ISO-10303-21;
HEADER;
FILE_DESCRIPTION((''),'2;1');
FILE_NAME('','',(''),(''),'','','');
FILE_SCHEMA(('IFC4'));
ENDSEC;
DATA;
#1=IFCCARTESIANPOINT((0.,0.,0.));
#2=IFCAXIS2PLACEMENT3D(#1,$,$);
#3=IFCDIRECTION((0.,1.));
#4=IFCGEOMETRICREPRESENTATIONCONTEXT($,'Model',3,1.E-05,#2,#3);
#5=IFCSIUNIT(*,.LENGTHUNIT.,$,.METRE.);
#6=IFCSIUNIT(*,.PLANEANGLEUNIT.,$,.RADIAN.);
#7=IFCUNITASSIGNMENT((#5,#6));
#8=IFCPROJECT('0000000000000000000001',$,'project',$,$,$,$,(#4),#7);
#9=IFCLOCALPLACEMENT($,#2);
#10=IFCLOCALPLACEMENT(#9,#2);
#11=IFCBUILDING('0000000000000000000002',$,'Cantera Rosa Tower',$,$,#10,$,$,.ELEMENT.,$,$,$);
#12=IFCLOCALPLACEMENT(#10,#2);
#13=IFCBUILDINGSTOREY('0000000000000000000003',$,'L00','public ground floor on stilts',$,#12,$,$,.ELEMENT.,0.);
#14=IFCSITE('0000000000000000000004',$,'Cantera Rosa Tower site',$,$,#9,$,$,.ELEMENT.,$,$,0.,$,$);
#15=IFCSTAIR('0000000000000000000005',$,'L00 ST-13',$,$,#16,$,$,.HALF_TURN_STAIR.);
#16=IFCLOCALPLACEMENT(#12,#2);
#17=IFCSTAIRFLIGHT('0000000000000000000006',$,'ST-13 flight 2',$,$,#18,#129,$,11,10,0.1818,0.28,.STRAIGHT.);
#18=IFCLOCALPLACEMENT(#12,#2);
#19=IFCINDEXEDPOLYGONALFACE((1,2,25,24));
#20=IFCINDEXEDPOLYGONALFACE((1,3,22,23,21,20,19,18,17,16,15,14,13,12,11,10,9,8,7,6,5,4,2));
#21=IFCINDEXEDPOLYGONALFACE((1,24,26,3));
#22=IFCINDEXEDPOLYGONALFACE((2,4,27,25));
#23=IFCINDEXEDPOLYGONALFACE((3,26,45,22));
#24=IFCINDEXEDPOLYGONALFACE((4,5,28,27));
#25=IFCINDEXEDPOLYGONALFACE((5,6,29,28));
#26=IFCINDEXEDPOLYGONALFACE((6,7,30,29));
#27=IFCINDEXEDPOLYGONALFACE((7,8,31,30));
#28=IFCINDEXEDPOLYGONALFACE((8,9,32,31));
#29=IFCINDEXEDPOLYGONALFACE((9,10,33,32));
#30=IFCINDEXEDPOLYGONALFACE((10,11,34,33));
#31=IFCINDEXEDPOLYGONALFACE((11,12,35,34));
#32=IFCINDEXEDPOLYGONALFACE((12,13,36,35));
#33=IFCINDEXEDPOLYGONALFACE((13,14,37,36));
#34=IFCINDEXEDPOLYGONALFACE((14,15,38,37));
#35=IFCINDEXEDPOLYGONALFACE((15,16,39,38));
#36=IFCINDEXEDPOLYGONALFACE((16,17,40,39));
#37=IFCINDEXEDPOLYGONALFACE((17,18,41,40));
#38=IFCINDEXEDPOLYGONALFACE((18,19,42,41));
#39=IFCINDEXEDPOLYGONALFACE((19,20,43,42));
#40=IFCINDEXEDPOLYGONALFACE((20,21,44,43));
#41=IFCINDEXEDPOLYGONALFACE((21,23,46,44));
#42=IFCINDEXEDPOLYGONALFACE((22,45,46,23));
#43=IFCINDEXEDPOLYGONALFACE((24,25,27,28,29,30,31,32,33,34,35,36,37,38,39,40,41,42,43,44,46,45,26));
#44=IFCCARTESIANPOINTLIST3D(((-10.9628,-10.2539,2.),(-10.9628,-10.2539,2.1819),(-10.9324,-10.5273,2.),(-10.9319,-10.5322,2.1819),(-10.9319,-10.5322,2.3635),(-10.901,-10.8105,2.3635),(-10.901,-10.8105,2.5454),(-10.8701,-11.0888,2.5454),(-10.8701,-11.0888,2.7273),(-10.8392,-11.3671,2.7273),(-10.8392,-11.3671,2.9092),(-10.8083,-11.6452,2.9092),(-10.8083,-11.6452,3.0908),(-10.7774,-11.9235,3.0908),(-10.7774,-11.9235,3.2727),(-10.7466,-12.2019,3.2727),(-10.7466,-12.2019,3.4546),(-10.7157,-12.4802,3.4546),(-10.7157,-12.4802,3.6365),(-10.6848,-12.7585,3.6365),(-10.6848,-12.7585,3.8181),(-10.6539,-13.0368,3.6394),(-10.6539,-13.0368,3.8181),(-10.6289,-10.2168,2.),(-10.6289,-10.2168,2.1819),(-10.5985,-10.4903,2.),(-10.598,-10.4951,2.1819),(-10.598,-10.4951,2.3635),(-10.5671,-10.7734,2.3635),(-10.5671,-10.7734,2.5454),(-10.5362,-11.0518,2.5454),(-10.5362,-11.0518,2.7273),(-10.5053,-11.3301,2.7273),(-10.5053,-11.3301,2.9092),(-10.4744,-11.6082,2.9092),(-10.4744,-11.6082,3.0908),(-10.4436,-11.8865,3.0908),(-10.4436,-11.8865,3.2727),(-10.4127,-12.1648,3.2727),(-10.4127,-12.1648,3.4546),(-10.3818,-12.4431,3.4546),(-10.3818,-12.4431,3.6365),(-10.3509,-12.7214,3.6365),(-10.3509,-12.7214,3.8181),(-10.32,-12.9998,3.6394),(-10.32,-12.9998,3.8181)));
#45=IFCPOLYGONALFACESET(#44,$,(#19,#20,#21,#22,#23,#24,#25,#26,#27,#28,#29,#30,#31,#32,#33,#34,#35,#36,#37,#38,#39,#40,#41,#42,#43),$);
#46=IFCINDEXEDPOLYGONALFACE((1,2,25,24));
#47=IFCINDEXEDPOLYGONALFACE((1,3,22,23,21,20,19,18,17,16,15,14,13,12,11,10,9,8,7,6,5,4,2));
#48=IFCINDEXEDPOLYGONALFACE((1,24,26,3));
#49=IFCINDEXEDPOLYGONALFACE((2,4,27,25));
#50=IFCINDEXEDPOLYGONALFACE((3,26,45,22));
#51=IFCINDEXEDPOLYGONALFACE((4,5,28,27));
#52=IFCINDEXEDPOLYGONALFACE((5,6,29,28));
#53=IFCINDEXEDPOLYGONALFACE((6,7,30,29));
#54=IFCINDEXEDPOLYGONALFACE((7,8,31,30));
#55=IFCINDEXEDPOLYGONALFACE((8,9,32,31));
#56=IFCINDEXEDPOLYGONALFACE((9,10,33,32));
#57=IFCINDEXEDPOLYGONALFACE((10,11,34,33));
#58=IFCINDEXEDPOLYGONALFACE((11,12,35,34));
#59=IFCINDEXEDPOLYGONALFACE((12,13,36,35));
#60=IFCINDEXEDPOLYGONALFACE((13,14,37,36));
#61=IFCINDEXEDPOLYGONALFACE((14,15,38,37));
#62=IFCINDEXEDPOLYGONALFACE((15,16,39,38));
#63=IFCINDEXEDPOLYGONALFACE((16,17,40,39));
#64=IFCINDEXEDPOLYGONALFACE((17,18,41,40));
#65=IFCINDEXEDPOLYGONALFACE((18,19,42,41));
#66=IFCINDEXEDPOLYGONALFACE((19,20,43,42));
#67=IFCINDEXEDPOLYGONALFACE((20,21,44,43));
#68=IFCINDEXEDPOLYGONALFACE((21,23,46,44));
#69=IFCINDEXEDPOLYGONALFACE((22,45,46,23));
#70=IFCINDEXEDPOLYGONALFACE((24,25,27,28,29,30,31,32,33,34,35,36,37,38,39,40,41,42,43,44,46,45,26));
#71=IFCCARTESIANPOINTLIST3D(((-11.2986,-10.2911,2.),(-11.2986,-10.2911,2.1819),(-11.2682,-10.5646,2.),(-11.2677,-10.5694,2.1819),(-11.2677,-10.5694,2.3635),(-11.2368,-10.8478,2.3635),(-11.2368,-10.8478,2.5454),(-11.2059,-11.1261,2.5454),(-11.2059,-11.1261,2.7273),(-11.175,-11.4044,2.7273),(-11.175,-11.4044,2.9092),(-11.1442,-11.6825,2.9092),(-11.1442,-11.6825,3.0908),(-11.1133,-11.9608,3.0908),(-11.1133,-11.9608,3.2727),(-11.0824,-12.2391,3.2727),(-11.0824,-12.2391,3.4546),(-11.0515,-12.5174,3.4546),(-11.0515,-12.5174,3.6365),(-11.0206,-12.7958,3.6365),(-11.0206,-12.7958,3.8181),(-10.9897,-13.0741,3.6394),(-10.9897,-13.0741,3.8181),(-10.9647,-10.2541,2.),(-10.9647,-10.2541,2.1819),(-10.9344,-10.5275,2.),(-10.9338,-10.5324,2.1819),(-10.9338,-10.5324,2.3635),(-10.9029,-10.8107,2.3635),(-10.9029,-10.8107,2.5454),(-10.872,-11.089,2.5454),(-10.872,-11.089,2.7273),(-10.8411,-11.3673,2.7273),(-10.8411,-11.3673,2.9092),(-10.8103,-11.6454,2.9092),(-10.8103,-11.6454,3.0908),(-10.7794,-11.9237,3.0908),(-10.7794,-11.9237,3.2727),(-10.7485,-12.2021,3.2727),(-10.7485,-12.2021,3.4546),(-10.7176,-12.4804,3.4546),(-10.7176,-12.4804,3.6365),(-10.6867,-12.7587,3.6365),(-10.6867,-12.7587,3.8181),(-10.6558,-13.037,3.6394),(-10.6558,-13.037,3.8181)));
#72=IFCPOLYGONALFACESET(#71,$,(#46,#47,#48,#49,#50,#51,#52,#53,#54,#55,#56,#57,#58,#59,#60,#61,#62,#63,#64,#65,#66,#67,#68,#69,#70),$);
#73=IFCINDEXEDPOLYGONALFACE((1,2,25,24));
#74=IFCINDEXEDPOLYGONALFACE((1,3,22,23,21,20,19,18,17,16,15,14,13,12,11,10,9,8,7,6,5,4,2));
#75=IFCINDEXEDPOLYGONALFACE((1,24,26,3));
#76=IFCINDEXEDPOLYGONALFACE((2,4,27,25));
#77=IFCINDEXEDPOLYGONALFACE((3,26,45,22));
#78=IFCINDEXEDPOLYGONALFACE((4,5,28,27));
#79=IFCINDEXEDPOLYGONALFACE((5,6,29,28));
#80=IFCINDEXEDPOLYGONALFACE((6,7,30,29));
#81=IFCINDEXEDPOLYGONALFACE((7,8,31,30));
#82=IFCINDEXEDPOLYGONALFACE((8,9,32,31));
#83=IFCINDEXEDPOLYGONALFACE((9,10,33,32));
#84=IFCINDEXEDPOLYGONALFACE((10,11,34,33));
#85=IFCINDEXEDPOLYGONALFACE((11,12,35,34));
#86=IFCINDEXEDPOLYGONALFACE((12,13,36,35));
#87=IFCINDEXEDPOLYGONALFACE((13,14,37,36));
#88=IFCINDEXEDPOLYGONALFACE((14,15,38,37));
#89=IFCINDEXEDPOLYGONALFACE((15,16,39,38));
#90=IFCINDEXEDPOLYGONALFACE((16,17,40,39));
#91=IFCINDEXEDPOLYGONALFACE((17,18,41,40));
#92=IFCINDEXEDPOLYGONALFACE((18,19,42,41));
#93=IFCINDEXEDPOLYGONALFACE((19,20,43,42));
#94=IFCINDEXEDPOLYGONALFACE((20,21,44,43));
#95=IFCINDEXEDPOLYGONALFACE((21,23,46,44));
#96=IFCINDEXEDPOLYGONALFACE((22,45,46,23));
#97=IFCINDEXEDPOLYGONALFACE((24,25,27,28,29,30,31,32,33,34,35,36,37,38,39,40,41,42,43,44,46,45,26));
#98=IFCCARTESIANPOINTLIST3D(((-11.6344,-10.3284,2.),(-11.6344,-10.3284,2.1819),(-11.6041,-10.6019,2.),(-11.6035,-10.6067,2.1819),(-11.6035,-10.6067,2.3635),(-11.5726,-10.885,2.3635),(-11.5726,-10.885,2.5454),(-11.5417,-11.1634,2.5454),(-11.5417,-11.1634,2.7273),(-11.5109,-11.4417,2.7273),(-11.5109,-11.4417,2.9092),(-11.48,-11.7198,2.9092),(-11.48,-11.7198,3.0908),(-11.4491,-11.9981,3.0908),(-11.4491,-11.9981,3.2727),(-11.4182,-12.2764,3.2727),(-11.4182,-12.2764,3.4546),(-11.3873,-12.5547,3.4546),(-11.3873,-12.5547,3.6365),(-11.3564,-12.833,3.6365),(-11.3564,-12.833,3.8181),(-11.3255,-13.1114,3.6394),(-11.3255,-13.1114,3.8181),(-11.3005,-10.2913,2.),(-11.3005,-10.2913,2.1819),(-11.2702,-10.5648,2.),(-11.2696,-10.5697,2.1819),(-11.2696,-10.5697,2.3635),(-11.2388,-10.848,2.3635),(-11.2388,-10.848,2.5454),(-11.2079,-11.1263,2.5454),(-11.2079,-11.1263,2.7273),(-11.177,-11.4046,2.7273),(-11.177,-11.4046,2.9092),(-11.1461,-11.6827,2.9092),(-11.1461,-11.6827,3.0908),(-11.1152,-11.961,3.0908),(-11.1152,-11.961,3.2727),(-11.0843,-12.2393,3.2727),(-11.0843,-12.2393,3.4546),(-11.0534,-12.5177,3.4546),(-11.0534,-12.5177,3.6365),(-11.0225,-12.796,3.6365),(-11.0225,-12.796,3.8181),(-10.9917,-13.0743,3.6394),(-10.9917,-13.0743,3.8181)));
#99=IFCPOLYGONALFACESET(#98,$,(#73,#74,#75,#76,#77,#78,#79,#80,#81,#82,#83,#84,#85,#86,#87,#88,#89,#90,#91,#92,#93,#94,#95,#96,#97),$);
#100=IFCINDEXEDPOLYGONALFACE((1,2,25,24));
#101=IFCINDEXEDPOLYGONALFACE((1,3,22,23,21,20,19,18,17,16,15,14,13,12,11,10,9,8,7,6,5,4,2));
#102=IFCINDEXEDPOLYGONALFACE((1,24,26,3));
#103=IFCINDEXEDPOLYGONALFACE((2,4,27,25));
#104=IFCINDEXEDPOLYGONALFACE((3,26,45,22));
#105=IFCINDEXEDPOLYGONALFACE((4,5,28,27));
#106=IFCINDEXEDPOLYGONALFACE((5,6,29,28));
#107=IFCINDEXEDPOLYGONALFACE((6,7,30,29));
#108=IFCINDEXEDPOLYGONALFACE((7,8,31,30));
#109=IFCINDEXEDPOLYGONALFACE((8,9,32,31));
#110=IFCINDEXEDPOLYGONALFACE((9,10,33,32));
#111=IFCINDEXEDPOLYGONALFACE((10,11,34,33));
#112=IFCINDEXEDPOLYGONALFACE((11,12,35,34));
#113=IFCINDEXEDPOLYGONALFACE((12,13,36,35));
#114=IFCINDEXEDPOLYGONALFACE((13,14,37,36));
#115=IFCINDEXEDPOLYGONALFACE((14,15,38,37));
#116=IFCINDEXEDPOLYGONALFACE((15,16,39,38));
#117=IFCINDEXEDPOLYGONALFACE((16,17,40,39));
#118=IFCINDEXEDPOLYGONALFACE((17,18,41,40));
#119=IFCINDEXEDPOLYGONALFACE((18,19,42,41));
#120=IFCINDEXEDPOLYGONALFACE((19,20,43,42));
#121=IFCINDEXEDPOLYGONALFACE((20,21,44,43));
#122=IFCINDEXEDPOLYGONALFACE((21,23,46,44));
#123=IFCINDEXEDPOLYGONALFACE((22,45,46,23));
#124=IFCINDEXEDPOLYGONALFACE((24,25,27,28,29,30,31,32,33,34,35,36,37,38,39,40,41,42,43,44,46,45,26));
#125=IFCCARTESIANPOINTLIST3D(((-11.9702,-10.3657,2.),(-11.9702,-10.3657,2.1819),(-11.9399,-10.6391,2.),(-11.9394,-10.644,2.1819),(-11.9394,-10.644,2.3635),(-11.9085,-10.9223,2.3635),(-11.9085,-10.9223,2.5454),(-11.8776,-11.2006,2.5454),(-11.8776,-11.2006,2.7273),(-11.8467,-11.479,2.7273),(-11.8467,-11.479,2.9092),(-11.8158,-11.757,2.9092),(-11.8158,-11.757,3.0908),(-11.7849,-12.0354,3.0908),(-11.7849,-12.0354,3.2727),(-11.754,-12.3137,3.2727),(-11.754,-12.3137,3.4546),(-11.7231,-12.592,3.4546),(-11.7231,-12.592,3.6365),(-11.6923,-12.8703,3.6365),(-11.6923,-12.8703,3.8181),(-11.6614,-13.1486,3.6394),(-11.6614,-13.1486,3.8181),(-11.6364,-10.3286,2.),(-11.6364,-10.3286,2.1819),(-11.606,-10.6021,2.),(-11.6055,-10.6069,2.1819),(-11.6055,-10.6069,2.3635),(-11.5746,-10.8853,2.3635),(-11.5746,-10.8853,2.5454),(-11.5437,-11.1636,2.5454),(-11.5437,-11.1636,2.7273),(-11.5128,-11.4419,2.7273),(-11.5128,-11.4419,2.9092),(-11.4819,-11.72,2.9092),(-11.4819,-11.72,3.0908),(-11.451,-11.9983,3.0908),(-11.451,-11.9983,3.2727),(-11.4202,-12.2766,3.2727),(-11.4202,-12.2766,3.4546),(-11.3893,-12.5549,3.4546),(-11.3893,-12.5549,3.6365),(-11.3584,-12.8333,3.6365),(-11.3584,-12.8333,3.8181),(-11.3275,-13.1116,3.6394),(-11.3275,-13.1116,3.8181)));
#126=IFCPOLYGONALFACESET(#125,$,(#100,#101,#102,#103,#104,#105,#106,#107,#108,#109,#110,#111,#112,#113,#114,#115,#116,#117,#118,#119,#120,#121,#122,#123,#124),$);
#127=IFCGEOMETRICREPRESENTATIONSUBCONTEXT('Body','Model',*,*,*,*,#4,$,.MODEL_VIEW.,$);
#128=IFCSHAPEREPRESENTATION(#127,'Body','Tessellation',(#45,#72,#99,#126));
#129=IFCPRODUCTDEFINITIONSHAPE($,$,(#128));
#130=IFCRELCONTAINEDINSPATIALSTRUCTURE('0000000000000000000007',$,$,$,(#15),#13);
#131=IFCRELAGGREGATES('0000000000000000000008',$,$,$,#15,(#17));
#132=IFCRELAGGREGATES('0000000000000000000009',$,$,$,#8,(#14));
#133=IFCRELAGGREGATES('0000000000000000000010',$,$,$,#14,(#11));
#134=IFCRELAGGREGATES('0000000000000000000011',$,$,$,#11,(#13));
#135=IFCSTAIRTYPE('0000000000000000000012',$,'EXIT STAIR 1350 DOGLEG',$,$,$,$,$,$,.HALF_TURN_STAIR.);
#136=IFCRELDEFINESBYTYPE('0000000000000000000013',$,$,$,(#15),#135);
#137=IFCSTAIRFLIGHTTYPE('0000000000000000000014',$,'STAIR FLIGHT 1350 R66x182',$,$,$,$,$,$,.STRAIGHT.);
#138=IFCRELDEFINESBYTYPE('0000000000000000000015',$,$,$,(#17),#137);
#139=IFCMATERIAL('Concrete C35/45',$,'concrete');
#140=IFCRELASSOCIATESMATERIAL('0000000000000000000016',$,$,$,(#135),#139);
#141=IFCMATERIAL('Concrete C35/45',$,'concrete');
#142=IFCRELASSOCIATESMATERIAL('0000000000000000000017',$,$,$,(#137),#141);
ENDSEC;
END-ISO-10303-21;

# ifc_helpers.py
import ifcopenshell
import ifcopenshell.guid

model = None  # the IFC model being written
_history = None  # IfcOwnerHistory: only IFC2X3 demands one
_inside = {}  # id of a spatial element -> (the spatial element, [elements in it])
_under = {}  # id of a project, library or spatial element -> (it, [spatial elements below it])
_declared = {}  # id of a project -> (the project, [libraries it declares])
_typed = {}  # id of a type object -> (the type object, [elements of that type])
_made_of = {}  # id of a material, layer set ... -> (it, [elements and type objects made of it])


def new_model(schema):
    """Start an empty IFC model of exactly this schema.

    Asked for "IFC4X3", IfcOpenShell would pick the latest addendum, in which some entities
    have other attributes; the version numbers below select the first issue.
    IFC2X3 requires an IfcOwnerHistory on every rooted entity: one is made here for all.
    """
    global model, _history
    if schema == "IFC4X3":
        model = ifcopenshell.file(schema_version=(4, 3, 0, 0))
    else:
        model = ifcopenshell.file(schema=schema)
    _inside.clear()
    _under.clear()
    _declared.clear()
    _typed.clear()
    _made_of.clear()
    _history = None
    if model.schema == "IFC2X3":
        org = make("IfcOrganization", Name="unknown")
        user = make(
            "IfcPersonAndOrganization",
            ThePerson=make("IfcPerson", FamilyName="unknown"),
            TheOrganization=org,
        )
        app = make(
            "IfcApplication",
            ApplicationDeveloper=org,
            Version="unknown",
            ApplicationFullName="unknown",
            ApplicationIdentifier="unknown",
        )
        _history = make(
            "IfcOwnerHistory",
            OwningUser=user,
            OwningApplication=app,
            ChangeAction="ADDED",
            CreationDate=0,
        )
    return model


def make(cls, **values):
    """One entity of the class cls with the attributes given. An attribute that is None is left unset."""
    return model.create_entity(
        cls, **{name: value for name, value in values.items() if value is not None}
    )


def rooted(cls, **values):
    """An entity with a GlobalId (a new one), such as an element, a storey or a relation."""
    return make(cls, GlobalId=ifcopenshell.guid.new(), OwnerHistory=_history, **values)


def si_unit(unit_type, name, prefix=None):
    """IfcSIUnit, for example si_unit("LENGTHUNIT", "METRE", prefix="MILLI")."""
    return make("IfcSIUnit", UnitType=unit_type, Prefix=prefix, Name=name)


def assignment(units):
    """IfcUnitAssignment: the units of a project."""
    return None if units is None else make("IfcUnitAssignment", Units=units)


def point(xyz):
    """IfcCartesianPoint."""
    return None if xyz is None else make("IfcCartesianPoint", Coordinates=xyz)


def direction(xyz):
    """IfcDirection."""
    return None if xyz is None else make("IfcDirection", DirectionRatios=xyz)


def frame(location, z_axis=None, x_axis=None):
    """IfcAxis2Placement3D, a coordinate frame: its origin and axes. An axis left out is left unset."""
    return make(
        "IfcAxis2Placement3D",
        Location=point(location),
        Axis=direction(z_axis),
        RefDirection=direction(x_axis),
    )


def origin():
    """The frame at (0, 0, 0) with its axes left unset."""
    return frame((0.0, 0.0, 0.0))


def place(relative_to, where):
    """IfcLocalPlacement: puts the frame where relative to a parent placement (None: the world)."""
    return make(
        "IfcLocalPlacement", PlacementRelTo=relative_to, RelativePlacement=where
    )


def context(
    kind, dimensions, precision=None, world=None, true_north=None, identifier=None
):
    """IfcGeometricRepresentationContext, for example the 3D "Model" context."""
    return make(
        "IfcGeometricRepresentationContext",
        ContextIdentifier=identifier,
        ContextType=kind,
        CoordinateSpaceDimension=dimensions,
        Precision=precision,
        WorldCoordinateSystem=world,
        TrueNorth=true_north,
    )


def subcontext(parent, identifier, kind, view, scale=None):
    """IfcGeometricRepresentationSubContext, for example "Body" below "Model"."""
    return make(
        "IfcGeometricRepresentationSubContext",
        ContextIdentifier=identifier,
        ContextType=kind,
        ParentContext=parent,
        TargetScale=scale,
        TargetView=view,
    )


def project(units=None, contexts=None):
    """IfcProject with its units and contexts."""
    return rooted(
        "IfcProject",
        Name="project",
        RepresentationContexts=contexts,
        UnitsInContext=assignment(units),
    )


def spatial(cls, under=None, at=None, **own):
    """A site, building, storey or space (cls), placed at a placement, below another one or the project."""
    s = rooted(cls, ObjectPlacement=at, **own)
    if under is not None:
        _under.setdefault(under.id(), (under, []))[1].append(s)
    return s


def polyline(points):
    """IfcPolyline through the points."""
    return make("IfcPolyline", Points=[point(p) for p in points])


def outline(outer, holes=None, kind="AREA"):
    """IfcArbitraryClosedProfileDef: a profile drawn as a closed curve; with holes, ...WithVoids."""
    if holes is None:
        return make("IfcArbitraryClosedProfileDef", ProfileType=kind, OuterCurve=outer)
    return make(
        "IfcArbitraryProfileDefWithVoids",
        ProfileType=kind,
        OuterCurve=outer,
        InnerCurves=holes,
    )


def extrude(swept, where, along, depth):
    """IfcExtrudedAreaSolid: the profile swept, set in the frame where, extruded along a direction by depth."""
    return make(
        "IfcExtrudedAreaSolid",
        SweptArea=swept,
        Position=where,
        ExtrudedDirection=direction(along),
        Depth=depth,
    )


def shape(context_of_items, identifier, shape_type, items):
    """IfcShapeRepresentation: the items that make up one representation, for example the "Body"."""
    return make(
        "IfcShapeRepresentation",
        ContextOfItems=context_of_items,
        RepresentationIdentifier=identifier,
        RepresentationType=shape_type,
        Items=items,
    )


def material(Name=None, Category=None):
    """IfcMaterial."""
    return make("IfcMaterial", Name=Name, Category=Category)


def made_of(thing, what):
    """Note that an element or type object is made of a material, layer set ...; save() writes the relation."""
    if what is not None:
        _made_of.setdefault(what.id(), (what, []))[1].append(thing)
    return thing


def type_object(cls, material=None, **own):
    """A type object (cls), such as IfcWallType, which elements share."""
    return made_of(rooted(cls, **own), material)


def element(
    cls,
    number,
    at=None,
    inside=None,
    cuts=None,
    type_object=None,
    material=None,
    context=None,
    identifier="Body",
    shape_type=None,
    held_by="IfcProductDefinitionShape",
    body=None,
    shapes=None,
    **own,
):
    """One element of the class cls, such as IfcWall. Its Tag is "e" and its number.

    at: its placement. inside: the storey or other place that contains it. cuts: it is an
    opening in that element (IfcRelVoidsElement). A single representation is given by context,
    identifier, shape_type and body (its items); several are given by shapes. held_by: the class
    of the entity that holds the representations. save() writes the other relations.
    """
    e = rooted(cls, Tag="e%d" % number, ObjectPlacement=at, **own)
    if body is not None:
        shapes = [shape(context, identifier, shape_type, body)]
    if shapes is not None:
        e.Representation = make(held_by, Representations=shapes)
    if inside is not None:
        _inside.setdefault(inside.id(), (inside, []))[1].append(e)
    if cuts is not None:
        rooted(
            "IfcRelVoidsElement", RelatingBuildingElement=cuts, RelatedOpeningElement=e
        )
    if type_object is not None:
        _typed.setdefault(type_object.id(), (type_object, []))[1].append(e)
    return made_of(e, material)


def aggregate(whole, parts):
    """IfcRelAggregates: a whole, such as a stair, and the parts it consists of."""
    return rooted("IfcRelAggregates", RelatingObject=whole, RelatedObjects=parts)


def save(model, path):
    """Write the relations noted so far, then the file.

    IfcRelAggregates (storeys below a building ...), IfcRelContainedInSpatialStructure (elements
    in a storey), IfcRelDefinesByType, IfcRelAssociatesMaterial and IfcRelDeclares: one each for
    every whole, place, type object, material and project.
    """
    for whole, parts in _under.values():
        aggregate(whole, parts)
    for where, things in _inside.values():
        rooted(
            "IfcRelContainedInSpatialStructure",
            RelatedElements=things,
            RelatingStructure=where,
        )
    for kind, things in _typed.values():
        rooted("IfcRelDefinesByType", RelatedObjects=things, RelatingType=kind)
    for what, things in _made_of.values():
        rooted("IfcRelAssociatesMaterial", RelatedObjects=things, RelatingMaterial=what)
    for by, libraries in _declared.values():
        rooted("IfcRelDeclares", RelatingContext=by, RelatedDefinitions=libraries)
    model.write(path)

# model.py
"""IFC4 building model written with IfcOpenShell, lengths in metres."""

from ifc_helpers import new_model, si_unit, direction, frame, origin, place, context, subcontext, project, spatial, polyline, outline, extrude, material, type_object, element, aggregate, save


model = new_model("IFC4")

# Units and contexts
model_context = context("Model", 3, precision=1e-05, world=origin(), true_north=direction((0.0, 1.0)))
body_context = subcontext(model_context, "Body", "Model", "MODEL_VIEW")
ifc_project = project(units=[si_unit("LENGTHUNIT", "METRE"), si_unit("PLANEANGLEUNIT", "RADIAN")], contexts=[model_context])

# Site, building, storey
site_placement = place(None, origin())
site = spatial("IfcSite", under=ifc_project, at=site_placement, Name="Cantera Rosa Tower site", CompositionType="ELEMENT", RefElevation=0.0)
building_placement = place(site_placement, origin())
building = spatial("IfcBuilding", under=site, at=building_placement, Name="Cantera Rosa Tower", CompositionType="ELEMENT")
storey_placement = place(building_placement, origin())
storey = spatial("IfcBuildingStorey", under=building, at=storey_placement, Name="L00", Description="public ground floor on stilts", CompositionType="ELEMENT", Elevation=0.0)

# Stair, stair flight
ifc_material_1 = material(Name="Concrete C35/45", Category="concrete")
stair_type = type_object("IfcStairType", Name="EXIT STAIR 1350 DOGLEG", PredefinedType="HALF_TURN_STAIR", material=ifc_material_1)
stair_placement = place(storey_placement, origin())
stair = element("IfcStair", 1, at=stair_placement, inside=storey, type_object=stair_type, Name="L00 ST-13", PredefinedType="HALF_TURN_STAIR")
ifc_material_2 = material(Name="Concrete C35/45", Category="concrete")
stair_flight_type = type_object("IfcStairFlightType", Name="STAIR FLIGHT 1350 R66x182", PredefinedType="STRAIGHT", material=ifc_material_2)
stair_flight_1_placement = place(storey_placement, frame((-11.2998, -10.2913, 2.0), z_axis=(0.0, 0.0, 1.0), x_axis=(0.110313, -0.993897, 0.0)))
stair_flight_1 = element("IfcStairFlight", 2, at=stair_flight_1_placement, type_object=stair_flight_type, Name="ST-13 flight 2", NumberOfRisers=11, NumberOfTreads=10, PredefinedType="STRAIGHT", RiserHeight=0.1818, TreadLength=0.28, context=body_context, shape_type="SweptSolid", body=[
    extrude(outline(polyline([(0.0, 0.0), (0.0, 0.1819), (0.28, 0.1819), (0.28, 0.3635), (0.5601, 0.3635), (0.5601, 0.5454), (0.8401, 0.5454), (0.8401, 0.7273), (1.1201, 0.7273), (1.1201, 0.9092), (1.3999, 0.9092), (1.3999, 1.0908), (1.6799, 1.0908), (1.6799, 1.2727), (1.96, 1.2727), (1.96, 1.4546), (2.24, 1.4546), (2.24, 1.6365), (2.52, 1.6365), (2.52, 1.8181), (2.8, 1.8181), (2.8, 2.0), (2.8, 1.6394), (0.2751, 0.0), (0.0, 0.0)])), frame((0.0, 0.675, 0.0), z_axis=(0.0, -1.0, 0.0), x_axis=(1.0, 0.0, 0.0)), (0.0, 0.0, 1.0), 0.3359),
    extrude(outline(polyline([(0.0, 0.0), (0.0, 0.1819), (0.28, 0.1819), (0.28, 0.3635), (0.5601, 0.3635), (0.5601, 0.5454), (0.8401, 0.5454), (0.8401, 0.7273), (1.1201, 0.7273), (1.1201, 0.9092), (1.3999, 0.9092), (1.3999, 1.0908), (1.6799, 1.0908), (1.6799, 1.2727), (1.96, 1.2727), (1.96, 1.4546), (2.24, 1.4546), (2.24, 1.6365), (2.52, 1.6365), (2.52, 1.8181), (2.8, 1.8181), (2.8, 2.0), (2.8, 1.6394), (0.2751, 0.0), (0.0, 0.0)])), frame((0.0, 0.3372, 0.0), z_axis=(0.0, -1.0, 0.0), x_axis=(1.0, 0.0, 0.0)), (0.0, 0.0, 1.0), 0.3359),
    extrude(outline(polyline([(0.0, 0.0), (0.0, 0.1819), (0.28, 0.1819), (0.28, 0.3635), (0.5601, 0.3635), (0.5601, 0.5454), (0.8401, 0.5454), (0.8401, 0.7273), (1.1201, 0.7273), (1.1201, 0.9092), (1.3999, 0.9092), (1.3999, 1.0908), (1.6799, 1.0908), (1.6799, 1.2727), (1.96, 1.2727), (1.96, 1.4546), (2.24, 1.4546), (2.24, 1.6365), (2.52, 1.6365), (2.52, 1.8181), (2.8, 1.8181), (2.8, 2.0), (2.8, 1.6394), (0.2751, 0.0), (0.0, 0.0)])), frame((0.0, -0.0007, 0.0), z_axis=(0.0, -1.0, 0.0), x_axis=(1.0, 0.0, 0.0)), (0.0, 0.0, 1.0), 0.3359),
    extrude(outline(polyline([(0.0, 0.0), (0.0, 0.1819), (0.28, 0.1819), (0.28, 0.3635), (0.5601, 0.3635), (0.5601, 0.5454), (0.8401, 0.5454), (0.8401, 0.7273), (1.1201, 0.7273), (1.1201, 0.9092), (1.3999, 0.9092), (1.3999, 1.0908), (1.6799, 1.0908), (1.6799, 1.2727), (1.96, 1.2727), (1.96, 1.4546), (2.24, 1.4546), (2.24, 1.6365), (2.52, 1.6365), (2.52, 1.8181), (2.8, 1.8181), (2.8, 2.0), (2.8, 1.6394), (0.2751, 0.0), (0.0, 0.0)])), frame((0.0, -0.3386, 0.0), z_axis=(0.0, -1.0, 0.0), x_axis=(1.0, 0.0, 0.0)), (0.0, 0.0, 1.0), 0.3359),
])
aggregate(stair, [stair_flight_1])

save(model, "model.ifc")
